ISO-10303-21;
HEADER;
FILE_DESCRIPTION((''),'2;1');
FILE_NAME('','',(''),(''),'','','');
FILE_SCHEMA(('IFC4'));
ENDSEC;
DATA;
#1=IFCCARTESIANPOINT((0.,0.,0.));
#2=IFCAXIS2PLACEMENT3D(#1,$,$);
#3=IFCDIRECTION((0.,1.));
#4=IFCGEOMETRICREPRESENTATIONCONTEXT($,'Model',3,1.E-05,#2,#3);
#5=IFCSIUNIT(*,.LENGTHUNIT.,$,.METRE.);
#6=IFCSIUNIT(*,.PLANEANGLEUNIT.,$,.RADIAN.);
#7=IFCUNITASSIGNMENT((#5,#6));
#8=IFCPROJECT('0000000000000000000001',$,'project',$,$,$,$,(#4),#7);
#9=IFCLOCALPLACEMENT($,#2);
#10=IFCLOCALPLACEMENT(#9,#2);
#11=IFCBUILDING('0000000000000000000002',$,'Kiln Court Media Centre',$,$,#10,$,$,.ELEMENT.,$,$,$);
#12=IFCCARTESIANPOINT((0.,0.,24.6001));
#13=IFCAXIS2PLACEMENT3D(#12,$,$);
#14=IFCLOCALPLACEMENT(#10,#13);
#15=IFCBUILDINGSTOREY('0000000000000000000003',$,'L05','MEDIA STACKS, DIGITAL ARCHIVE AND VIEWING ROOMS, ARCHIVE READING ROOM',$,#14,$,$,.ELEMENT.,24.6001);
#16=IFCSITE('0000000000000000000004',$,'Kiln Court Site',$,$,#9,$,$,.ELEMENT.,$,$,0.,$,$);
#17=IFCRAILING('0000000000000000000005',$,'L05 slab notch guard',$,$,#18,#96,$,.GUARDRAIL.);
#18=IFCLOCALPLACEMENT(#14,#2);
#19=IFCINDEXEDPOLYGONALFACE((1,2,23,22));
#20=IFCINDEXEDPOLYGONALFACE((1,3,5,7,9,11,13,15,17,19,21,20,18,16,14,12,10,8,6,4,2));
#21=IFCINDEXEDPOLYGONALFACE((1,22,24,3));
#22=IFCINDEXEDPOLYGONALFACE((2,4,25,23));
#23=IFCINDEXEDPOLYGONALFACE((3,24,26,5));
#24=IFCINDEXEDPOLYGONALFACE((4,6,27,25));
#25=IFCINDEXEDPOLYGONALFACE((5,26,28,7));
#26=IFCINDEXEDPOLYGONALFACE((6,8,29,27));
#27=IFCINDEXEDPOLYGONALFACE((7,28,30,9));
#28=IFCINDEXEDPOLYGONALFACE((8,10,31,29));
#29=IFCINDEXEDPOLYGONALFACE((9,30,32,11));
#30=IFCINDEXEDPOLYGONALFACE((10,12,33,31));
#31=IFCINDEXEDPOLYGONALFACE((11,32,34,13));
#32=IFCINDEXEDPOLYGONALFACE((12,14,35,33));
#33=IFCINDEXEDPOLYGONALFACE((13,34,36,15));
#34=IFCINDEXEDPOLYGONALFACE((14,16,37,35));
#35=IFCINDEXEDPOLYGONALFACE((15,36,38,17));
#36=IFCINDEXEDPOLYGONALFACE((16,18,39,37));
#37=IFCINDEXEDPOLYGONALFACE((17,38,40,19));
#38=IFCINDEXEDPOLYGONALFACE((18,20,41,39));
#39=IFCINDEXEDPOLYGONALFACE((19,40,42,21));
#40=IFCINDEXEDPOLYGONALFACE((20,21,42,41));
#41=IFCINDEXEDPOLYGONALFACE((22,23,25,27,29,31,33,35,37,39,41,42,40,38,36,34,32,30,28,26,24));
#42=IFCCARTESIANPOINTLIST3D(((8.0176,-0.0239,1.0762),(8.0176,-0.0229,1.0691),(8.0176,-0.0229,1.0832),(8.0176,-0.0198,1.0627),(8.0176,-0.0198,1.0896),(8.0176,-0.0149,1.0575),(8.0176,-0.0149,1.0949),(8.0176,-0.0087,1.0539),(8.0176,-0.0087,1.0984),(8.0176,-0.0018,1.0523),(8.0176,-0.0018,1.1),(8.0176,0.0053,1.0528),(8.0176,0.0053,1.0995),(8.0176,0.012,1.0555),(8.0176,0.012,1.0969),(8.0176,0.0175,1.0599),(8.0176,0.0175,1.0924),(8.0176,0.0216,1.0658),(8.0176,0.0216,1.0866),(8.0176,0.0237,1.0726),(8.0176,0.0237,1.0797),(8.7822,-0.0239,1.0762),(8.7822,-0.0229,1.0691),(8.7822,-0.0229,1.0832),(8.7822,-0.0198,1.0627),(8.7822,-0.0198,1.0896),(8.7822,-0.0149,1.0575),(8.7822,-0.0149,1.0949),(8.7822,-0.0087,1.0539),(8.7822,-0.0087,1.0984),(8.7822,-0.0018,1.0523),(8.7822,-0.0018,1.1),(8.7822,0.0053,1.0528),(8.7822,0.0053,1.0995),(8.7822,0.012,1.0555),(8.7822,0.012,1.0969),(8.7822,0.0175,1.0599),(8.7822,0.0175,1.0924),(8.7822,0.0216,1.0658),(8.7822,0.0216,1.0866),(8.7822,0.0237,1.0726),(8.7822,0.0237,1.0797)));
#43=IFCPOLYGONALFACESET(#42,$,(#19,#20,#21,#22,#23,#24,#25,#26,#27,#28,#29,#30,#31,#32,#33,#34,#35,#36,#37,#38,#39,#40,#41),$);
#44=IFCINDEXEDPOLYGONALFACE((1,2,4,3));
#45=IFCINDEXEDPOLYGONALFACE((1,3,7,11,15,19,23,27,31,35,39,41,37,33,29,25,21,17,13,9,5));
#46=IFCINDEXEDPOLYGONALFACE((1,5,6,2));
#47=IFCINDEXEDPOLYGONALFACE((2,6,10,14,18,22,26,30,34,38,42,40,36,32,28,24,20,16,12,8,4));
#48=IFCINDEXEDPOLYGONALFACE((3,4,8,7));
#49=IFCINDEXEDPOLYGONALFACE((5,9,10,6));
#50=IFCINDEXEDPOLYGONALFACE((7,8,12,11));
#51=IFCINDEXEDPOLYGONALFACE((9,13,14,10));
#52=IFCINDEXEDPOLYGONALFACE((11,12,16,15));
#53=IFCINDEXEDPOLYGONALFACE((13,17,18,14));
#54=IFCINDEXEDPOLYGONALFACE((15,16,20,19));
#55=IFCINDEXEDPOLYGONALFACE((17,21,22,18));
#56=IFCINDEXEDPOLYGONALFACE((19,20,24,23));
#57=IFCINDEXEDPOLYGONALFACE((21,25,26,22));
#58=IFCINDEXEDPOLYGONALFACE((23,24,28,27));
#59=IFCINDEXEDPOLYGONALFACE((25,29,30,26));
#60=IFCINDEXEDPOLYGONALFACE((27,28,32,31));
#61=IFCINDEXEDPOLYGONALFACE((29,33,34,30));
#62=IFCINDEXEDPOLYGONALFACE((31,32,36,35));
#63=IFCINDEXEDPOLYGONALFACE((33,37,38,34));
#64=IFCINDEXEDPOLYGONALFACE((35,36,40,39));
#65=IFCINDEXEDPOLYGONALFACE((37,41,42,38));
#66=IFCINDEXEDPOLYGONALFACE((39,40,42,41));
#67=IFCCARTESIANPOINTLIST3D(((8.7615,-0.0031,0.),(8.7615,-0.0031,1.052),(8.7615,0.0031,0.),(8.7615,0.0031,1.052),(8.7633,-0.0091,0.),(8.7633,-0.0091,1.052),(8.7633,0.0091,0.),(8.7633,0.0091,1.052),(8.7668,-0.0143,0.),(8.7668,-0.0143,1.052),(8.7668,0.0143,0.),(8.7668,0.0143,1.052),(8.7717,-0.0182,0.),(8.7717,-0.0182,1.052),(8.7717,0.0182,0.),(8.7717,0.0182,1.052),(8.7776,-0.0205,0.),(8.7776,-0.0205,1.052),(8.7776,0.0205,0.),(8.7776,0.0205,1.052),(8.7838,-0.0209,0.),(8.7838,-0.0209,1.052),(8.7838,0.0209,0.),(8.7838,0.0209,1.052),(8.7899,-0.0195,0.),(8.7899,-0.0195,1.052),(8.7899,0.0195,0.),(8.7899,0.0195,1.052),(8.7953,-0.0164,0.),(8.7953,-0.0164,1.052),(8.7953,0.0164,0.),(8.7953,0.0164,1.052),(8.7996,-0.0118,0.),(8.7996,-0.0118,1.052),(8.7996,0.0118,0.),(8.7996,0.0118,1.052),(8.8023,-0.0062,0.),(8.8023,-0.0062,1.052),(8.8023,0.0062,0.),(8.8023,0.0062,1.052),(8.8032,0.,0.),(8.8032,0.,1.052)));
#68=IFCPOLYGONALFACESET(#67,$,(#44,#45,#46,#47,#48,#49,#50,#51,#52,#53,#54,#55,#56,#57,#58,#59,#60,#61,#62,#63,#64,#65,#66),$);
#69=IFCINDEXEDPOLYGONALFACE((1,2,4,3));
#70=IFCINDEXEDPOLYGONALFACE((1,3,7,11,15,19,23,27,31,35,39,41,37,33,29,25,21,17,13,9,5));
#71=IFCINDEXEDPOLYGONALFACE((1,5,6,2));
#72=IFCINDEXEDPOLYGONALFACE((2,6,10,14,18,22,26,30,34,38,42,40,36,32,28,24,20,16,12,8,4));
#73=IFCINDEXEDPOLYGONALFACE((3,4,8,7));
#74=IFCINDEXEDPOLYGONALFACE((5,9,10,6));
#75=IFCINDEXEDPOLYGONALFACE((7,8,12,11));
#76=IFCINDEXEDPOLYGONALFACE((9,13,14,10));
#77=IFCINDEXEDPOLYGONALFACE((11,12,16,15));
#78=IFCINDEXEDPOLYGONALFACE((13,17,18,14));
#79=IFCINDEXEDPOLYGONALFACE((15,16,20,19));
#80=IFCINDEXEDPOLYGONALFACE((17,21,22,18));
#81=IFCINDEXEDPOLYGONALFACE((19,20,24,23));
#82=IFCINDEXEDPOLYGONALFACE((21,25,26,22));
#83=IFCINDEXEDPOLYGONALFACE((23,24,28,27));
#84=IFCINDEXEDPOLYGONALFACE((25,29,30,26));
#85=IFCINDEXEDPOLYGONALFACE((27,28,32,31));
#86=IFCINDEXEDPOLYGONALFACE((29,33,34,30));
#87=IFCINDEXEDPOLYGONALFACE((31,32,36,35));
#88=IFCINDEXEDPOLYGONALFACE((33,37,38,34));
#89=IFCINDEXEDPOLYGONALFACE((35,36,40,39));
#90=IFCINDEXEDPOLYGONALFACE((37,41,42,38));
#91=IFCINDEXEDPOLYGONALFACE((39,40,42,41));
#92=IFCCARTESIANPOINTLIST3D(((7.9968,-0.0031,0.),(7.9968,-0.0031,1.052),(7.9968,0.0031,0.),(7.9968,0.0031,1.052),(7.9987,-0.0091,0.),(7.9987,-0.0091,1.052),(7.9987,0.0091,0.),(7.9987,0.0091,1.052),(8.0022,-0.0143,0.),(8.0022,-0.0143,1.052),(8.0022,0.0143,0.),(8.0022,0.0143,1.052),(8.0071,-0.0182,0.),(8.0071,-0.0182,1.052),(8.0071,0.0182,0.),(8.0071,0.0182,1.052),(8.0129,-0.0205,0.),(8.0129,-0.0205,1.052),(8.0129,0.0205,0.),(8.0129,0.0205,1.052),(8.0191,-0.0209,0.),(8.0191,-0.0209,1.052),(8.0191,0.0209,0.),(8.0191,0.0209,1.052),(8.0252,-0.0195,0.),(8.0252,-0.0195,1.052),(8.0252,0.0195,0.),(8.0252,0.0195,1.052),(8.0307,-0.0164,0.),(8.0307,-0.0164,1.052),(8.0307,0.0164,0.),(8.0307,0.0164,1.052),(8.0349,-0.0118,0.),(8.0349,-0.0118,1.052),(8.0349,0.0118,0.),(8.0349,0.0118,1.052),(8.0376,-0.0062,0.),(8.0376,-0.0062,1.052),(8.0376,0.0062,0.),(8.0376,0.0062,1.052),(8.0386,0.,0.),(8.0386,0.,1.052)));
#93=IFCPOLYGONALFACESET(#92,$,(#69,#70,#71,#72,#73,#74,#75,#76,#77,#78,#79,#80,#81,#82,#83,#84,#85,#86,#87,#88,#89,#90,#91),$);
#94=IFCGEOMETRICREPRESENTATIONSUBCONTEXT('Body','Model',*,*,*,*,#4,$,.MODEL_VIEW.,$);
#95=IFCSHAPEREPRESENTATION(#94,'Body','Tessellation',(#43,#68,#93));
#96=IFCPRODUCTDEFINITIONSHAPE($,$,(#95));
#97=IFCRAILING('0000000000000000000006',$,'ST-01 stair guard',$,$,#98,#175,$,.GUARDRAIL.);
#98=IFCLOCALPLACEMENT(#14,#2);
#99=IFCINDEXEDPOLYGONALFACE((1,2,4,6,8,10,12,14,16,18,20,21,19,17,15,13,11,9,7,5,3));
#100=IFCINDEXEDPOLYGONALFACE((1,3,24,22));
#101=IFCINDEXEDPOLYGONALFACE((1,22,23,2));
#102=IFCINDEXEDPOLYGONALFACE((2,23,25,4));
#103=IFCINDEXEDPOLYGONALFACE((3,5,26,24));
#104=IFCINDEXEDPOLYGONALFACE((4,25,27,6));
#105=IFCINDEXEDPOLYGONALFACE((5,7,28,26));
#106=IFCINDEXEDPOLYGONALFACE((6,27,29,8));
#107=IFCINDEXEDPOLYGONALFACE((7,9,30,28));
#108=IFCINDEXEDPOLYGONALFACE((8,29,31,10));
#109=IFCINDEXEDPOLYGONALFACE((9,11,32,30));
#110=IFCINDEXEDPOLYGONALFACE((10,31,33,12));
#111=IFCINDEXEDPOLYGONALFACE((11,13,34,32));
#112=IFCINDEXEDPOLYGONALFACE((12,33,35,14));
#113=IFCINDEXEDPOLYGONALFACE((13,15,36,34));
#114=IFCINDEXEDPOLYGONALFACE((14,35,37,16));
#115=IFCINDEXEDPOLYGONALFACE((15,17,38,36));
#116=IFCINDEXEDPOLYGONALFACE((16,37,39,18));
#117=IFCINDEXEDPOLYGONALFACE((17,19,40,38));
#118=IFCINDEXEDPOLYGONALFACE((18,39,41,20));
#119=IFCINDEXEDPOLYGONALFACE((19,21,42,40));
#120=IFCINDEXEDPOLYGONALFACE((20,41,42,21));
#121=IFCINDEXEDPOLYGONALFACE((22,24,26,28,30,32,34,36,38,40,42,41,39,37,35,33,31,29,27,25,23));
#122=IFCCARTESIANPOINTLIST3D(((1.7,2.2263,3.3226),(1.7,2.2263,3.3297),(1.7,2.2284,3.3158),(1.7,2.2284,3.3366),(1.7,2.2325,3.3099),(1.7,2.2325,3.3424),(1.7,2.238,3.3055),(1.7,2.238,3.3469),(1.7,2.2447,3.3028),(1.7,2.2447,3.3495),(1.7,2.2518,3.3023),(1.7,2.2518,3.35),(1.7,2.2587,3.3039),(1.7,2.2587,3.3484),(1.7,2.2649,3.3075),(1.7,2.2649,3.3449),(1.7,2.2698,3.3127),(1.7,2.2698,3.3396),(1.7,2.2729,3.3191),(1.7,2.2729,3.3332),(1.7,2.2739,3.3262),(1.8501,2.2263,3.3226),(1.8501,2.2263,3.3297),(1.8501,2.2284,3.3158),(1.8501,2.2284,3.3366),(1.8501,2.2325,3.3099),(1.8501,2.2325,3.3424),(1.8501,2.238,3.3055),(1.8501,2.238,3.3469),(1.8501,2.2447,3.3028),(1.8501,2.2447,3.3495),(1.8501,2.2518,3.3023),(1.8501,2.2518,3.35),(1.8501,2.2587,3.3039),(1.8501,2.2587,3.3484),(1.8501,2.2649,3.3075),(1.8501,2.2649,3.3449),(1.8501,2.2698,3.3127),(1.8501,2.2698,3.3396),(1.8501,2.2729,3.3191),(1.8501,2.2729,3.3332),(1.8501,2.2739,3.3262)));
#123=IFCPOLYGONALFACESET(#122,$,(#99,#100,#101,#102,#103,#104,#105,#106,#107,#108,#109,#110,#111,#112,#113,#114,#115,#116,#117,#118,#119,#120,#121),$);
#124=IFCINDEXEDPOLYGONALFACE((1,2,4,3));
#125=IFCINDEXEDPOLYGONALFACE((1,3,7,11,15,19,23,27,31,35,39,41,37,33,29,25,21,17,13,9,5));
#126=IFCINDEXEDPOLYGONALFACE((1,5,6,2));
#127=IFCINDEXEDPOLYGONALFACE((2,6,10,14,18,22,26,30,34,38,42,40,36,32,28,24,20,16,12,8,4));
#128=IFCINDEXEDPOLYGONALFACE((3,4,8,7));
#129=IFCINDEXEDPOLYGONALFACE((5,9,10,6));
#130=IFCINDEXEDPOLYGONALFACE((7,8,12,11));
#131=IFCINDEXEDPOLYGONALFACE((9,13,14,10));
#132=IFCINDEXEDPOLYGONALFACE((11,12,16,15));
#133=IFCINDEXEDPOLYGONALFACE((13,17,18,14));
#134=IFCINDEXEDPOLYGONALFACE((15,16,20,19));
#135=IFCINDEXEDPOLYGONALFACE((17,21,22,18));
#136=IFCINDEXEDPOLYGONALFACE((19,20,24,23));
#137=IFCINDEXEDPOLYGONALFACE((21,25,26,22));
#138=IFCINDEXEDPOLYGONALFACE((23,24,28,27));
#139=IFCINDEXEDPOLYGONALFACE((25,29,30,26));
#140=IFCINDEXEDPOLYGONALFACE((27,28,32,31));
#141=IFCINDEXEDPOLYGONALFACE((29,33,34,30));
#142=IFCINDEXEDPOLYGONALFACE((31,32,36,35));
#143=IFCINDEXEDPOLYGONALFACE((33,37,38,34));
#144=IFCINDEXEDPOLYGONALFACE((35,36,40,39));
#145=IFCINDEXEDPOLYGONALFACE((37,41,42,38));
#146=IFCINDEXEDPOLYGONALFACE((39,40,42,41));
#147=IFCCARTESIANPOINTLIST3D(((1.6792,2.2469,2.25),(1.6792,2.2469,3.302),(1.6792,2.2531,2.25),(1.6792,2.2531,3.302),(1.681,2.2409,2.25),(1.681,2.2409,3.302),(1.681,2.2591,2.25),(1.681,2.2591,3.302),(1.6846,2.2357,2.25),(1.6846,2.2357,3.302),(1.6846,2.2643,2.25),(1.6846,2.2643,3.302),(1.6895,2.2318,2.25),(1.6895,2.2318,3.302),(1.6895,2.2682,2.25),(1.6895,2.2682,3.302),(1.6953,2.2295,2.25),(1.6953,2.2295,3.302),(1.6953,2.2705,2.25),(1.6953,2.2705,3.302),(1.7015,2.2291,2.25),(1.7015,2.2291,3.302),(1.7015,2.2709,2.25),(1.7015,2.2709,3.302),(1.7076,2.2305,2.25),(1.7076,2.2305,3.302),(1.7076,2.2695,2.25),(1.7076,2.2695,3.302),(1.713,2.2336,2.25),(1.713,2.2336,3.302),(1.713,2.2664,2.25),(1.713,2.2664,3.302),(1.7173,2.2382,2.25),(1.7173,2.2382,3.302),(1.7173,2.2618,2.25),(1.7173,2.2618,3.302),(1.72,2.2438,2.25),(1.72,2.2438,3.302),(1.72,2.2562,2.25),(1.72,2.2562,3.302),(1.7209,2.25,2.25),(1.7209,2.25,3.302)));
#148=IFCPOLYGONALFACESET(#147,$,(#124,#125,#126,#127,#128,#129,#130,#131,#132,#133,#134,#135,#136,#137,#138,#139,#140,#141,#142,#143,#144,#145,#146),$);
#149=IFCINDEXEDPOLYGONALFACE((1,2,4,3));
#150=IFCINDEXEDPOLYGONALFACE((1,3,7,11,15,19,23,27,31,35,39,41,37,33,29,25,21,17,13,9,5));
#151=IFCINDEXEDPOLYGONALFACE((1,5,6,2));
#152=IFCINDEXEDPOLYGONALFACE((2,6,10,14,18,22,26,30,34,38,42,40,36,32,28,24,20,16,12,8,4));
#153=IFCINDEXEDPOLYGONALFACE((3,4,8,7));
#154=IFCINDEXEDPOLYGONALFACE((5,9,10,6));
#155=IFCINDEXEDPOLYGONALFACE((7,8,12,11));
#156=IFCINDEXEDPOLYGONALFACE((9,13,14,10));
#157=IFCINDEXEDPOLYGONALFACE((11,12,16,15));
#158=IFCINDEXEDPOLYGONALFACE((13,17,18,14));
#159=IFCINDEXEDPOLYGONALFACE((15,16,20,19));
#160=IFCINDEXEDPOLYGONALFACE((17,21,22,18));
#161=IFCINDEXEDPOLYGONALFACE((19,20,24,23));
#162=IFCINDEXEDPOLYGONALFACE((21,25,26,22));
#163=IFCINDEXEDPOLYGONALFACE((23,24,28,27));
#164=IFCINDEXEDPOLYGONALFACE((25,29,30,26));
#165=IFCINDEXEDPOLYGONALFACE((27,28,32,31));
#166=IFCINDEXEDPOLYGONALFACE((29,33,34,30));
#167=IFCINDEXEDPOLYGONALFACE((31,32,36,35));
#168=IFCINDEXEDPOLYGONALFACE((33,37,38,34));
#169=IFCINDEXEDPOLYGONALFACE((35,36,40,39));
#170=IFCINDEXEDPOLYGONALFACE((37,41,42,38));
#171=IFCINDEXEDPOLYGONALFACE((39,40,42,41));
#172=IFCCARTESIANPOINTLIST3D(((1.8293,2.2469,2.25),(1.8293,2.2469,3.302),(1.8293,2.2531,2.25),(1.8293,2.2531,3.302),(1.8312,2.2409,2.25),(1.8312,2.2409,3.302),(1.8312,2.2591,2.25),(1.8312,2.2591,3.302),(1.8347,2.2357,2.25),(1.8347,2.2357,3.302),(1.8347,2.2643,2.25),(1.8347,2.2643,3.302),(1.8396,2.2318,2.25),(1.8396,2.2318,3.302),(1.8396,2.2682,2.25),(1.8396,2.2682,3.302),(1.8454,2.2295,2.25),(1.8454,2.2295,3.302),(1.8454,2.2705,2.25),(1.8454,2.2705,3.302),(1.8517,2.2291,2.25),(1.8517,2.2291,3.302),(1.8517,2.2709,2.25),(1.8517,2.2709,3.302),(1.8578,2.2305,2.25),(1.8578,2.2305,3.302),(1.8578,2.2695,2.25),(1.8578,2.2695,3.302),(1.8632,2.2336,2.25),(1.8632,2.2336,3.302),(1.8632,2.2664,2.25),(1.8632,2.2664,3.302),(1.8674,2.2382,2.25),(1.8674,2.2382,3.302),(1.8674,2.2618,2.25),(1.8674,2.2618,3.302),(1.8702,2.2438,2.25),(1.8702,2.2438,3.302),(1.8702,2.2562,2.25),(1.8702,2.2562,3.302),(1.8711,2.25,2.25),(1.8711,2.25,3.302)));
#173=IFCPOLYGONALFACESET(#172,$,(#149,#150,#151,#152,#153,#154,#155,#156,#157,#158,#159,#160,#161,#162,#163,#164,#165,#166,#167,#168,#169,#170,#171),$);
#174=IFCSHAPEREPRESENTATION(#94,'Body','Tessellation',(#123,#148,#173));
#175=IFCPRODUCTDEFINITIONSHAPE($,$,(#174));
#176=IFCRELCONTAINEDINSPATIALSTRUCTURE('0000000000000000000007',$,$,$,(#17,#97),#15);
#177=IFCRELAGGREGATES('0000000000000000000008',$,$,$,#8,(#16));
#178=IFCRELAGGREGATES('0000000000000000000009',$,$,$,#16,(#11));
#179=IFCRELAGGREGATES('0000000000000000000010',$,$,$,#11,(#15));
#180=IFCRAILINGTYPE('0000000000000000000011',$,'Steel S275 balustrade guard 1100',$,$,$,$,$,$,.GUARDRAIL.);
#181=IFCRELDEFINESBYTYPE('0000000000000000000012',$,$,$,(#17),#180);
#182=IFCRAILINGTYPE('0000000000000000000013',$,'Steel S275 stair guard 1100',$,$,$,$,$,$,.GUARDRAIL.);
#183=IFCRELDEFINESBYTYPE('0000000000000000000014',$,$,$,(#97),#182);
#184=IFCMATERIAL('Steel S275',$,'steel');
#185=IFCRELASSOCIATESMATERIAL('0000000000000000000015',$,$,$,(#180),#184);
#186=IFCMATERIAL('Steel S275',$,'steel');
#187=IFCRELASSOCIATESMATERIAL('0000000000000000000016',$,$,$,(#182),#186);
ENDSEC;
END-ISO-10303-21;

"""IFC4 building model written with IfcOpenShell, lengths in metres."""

from ifc_helpers import new_model, si_unit, direction, frame, origin, origin_2d, place, context, subcontext, project, spatial, circle, extrude, material, type_object, element, save


model = new_model("IFC4")

# Units and contexts
model_context = context("Model", 3, precision=1e-05, world=origin(), true_north=direction((0.0, 1.0)))
body_context = subcontext(model_context, "Body", "Model", "MODEL_VIEW")
ifc_project = project(units=[si_unit("LENGTHUNIT", "METRE"), si_unit("PLANEANGLEUNIT", "RADIAN")], contexts=[model_context])

# Site, building, storey
site_placement = place(None, origin())
site = spatial("IfcSite", under=ifc_project, at=site_placement, Name="Kiln Court Site", CompositionType="ELEMENT", RefElevation=0.0)
building_placement = place(site_placement, origin())
building = spatial("IfcBuilding", under=site, at=building_placement, Name="Kiln Court Media Centre", CompositionType="ELEMENT")
storey_placement = place(building_placement, frame((0.0, 0.0, 24.6001)))
storey = spatial("IfcBuildingStorey", under=building, at=storey_placement, Name="L05", Description="MEDIA STACKS, DIGITAL ARCHIVE AND VIEWING ROOMS, ARCHIVE READING ROOM", CompositionType="ELEMENT", Elevation=24.6001)

# Railings
ifc_material_1 = material(Name="Steel S275", Category="steel")
railing_type_1 = type_object("IfcRailingType", Name="Steel S275 balustrade guard 1100", PredefinedType="GUARDRAIL", material=ifc_material_1)
railing_1_placement = place(storey_placement, frame((8.7822, 0.0, 0.0)))
element("IfcRailing", 1, at=railing_1_placement, inside=storey, type_object=railing_type_1, Name="L05 slab notch guard", PredefinedType="GUARDRAIL", context=body_context, shape_type="SweptSolid", body=[
    extrude(circle(Radius=0.0239, at=origin_2d()), frame((0.0, 0.0, 1.0762), z_axis=(-1.0, 0.0, 0.0), x_axis=(0.0, -1.0, 0.0)), (0.0, 0.0, 1.0), 0.7646),
    extrude(circle(Radius=0.021, at=origin_2d()), origin(), (0.0, 0.0, 1.0), 1.052),
    extrude(circle(Radius=0.021, at=origin_2d()), frame((-0.7646, 0.0, 0.0)), (0.0, 0.0, 1.0), 1.052),
])
ifc_material_2 = material(Name="Steel S275", Category="steel")
railing_type_2 = type_object("IfcRailingType", Name="Steel S275 stair guard 1100", PredefinedType="GUARDRAIL", material=ifc_material_2)
railing_2_placement = place(storey_placement, frame((1.7, 2.25, 2.25)))
element("IfcRailing", 2, at=railing_2_placement, inside=storey, type_object=railing_type_2, Name="ST-01 stair guard", PredefinedType="GUARDRAIL", context=body_context, shape_type="SweptSolid", body=[
    extrude(circle(Radius=0.0239, at=origin_2d()), frame((0.0, 0.0, 1.0762), z_axis=(1.0, 0.0, 0.0), x_axis=(0.0, 1.0, 0.0)), (0.0, 0.0, 1.0), 0.1501),
    extrude(circle(Radius=0.021, at=origin_2d()), origin(), (0.0, 0.0, 1.0), 1.052),
    extrude(circle(Radius=0.021, at=origin_2d()), frame((0.1501, 0.0, 0.0)), (0.0, 0.0, 1.0), 1.052),
])

save(model, "model.ifc")
